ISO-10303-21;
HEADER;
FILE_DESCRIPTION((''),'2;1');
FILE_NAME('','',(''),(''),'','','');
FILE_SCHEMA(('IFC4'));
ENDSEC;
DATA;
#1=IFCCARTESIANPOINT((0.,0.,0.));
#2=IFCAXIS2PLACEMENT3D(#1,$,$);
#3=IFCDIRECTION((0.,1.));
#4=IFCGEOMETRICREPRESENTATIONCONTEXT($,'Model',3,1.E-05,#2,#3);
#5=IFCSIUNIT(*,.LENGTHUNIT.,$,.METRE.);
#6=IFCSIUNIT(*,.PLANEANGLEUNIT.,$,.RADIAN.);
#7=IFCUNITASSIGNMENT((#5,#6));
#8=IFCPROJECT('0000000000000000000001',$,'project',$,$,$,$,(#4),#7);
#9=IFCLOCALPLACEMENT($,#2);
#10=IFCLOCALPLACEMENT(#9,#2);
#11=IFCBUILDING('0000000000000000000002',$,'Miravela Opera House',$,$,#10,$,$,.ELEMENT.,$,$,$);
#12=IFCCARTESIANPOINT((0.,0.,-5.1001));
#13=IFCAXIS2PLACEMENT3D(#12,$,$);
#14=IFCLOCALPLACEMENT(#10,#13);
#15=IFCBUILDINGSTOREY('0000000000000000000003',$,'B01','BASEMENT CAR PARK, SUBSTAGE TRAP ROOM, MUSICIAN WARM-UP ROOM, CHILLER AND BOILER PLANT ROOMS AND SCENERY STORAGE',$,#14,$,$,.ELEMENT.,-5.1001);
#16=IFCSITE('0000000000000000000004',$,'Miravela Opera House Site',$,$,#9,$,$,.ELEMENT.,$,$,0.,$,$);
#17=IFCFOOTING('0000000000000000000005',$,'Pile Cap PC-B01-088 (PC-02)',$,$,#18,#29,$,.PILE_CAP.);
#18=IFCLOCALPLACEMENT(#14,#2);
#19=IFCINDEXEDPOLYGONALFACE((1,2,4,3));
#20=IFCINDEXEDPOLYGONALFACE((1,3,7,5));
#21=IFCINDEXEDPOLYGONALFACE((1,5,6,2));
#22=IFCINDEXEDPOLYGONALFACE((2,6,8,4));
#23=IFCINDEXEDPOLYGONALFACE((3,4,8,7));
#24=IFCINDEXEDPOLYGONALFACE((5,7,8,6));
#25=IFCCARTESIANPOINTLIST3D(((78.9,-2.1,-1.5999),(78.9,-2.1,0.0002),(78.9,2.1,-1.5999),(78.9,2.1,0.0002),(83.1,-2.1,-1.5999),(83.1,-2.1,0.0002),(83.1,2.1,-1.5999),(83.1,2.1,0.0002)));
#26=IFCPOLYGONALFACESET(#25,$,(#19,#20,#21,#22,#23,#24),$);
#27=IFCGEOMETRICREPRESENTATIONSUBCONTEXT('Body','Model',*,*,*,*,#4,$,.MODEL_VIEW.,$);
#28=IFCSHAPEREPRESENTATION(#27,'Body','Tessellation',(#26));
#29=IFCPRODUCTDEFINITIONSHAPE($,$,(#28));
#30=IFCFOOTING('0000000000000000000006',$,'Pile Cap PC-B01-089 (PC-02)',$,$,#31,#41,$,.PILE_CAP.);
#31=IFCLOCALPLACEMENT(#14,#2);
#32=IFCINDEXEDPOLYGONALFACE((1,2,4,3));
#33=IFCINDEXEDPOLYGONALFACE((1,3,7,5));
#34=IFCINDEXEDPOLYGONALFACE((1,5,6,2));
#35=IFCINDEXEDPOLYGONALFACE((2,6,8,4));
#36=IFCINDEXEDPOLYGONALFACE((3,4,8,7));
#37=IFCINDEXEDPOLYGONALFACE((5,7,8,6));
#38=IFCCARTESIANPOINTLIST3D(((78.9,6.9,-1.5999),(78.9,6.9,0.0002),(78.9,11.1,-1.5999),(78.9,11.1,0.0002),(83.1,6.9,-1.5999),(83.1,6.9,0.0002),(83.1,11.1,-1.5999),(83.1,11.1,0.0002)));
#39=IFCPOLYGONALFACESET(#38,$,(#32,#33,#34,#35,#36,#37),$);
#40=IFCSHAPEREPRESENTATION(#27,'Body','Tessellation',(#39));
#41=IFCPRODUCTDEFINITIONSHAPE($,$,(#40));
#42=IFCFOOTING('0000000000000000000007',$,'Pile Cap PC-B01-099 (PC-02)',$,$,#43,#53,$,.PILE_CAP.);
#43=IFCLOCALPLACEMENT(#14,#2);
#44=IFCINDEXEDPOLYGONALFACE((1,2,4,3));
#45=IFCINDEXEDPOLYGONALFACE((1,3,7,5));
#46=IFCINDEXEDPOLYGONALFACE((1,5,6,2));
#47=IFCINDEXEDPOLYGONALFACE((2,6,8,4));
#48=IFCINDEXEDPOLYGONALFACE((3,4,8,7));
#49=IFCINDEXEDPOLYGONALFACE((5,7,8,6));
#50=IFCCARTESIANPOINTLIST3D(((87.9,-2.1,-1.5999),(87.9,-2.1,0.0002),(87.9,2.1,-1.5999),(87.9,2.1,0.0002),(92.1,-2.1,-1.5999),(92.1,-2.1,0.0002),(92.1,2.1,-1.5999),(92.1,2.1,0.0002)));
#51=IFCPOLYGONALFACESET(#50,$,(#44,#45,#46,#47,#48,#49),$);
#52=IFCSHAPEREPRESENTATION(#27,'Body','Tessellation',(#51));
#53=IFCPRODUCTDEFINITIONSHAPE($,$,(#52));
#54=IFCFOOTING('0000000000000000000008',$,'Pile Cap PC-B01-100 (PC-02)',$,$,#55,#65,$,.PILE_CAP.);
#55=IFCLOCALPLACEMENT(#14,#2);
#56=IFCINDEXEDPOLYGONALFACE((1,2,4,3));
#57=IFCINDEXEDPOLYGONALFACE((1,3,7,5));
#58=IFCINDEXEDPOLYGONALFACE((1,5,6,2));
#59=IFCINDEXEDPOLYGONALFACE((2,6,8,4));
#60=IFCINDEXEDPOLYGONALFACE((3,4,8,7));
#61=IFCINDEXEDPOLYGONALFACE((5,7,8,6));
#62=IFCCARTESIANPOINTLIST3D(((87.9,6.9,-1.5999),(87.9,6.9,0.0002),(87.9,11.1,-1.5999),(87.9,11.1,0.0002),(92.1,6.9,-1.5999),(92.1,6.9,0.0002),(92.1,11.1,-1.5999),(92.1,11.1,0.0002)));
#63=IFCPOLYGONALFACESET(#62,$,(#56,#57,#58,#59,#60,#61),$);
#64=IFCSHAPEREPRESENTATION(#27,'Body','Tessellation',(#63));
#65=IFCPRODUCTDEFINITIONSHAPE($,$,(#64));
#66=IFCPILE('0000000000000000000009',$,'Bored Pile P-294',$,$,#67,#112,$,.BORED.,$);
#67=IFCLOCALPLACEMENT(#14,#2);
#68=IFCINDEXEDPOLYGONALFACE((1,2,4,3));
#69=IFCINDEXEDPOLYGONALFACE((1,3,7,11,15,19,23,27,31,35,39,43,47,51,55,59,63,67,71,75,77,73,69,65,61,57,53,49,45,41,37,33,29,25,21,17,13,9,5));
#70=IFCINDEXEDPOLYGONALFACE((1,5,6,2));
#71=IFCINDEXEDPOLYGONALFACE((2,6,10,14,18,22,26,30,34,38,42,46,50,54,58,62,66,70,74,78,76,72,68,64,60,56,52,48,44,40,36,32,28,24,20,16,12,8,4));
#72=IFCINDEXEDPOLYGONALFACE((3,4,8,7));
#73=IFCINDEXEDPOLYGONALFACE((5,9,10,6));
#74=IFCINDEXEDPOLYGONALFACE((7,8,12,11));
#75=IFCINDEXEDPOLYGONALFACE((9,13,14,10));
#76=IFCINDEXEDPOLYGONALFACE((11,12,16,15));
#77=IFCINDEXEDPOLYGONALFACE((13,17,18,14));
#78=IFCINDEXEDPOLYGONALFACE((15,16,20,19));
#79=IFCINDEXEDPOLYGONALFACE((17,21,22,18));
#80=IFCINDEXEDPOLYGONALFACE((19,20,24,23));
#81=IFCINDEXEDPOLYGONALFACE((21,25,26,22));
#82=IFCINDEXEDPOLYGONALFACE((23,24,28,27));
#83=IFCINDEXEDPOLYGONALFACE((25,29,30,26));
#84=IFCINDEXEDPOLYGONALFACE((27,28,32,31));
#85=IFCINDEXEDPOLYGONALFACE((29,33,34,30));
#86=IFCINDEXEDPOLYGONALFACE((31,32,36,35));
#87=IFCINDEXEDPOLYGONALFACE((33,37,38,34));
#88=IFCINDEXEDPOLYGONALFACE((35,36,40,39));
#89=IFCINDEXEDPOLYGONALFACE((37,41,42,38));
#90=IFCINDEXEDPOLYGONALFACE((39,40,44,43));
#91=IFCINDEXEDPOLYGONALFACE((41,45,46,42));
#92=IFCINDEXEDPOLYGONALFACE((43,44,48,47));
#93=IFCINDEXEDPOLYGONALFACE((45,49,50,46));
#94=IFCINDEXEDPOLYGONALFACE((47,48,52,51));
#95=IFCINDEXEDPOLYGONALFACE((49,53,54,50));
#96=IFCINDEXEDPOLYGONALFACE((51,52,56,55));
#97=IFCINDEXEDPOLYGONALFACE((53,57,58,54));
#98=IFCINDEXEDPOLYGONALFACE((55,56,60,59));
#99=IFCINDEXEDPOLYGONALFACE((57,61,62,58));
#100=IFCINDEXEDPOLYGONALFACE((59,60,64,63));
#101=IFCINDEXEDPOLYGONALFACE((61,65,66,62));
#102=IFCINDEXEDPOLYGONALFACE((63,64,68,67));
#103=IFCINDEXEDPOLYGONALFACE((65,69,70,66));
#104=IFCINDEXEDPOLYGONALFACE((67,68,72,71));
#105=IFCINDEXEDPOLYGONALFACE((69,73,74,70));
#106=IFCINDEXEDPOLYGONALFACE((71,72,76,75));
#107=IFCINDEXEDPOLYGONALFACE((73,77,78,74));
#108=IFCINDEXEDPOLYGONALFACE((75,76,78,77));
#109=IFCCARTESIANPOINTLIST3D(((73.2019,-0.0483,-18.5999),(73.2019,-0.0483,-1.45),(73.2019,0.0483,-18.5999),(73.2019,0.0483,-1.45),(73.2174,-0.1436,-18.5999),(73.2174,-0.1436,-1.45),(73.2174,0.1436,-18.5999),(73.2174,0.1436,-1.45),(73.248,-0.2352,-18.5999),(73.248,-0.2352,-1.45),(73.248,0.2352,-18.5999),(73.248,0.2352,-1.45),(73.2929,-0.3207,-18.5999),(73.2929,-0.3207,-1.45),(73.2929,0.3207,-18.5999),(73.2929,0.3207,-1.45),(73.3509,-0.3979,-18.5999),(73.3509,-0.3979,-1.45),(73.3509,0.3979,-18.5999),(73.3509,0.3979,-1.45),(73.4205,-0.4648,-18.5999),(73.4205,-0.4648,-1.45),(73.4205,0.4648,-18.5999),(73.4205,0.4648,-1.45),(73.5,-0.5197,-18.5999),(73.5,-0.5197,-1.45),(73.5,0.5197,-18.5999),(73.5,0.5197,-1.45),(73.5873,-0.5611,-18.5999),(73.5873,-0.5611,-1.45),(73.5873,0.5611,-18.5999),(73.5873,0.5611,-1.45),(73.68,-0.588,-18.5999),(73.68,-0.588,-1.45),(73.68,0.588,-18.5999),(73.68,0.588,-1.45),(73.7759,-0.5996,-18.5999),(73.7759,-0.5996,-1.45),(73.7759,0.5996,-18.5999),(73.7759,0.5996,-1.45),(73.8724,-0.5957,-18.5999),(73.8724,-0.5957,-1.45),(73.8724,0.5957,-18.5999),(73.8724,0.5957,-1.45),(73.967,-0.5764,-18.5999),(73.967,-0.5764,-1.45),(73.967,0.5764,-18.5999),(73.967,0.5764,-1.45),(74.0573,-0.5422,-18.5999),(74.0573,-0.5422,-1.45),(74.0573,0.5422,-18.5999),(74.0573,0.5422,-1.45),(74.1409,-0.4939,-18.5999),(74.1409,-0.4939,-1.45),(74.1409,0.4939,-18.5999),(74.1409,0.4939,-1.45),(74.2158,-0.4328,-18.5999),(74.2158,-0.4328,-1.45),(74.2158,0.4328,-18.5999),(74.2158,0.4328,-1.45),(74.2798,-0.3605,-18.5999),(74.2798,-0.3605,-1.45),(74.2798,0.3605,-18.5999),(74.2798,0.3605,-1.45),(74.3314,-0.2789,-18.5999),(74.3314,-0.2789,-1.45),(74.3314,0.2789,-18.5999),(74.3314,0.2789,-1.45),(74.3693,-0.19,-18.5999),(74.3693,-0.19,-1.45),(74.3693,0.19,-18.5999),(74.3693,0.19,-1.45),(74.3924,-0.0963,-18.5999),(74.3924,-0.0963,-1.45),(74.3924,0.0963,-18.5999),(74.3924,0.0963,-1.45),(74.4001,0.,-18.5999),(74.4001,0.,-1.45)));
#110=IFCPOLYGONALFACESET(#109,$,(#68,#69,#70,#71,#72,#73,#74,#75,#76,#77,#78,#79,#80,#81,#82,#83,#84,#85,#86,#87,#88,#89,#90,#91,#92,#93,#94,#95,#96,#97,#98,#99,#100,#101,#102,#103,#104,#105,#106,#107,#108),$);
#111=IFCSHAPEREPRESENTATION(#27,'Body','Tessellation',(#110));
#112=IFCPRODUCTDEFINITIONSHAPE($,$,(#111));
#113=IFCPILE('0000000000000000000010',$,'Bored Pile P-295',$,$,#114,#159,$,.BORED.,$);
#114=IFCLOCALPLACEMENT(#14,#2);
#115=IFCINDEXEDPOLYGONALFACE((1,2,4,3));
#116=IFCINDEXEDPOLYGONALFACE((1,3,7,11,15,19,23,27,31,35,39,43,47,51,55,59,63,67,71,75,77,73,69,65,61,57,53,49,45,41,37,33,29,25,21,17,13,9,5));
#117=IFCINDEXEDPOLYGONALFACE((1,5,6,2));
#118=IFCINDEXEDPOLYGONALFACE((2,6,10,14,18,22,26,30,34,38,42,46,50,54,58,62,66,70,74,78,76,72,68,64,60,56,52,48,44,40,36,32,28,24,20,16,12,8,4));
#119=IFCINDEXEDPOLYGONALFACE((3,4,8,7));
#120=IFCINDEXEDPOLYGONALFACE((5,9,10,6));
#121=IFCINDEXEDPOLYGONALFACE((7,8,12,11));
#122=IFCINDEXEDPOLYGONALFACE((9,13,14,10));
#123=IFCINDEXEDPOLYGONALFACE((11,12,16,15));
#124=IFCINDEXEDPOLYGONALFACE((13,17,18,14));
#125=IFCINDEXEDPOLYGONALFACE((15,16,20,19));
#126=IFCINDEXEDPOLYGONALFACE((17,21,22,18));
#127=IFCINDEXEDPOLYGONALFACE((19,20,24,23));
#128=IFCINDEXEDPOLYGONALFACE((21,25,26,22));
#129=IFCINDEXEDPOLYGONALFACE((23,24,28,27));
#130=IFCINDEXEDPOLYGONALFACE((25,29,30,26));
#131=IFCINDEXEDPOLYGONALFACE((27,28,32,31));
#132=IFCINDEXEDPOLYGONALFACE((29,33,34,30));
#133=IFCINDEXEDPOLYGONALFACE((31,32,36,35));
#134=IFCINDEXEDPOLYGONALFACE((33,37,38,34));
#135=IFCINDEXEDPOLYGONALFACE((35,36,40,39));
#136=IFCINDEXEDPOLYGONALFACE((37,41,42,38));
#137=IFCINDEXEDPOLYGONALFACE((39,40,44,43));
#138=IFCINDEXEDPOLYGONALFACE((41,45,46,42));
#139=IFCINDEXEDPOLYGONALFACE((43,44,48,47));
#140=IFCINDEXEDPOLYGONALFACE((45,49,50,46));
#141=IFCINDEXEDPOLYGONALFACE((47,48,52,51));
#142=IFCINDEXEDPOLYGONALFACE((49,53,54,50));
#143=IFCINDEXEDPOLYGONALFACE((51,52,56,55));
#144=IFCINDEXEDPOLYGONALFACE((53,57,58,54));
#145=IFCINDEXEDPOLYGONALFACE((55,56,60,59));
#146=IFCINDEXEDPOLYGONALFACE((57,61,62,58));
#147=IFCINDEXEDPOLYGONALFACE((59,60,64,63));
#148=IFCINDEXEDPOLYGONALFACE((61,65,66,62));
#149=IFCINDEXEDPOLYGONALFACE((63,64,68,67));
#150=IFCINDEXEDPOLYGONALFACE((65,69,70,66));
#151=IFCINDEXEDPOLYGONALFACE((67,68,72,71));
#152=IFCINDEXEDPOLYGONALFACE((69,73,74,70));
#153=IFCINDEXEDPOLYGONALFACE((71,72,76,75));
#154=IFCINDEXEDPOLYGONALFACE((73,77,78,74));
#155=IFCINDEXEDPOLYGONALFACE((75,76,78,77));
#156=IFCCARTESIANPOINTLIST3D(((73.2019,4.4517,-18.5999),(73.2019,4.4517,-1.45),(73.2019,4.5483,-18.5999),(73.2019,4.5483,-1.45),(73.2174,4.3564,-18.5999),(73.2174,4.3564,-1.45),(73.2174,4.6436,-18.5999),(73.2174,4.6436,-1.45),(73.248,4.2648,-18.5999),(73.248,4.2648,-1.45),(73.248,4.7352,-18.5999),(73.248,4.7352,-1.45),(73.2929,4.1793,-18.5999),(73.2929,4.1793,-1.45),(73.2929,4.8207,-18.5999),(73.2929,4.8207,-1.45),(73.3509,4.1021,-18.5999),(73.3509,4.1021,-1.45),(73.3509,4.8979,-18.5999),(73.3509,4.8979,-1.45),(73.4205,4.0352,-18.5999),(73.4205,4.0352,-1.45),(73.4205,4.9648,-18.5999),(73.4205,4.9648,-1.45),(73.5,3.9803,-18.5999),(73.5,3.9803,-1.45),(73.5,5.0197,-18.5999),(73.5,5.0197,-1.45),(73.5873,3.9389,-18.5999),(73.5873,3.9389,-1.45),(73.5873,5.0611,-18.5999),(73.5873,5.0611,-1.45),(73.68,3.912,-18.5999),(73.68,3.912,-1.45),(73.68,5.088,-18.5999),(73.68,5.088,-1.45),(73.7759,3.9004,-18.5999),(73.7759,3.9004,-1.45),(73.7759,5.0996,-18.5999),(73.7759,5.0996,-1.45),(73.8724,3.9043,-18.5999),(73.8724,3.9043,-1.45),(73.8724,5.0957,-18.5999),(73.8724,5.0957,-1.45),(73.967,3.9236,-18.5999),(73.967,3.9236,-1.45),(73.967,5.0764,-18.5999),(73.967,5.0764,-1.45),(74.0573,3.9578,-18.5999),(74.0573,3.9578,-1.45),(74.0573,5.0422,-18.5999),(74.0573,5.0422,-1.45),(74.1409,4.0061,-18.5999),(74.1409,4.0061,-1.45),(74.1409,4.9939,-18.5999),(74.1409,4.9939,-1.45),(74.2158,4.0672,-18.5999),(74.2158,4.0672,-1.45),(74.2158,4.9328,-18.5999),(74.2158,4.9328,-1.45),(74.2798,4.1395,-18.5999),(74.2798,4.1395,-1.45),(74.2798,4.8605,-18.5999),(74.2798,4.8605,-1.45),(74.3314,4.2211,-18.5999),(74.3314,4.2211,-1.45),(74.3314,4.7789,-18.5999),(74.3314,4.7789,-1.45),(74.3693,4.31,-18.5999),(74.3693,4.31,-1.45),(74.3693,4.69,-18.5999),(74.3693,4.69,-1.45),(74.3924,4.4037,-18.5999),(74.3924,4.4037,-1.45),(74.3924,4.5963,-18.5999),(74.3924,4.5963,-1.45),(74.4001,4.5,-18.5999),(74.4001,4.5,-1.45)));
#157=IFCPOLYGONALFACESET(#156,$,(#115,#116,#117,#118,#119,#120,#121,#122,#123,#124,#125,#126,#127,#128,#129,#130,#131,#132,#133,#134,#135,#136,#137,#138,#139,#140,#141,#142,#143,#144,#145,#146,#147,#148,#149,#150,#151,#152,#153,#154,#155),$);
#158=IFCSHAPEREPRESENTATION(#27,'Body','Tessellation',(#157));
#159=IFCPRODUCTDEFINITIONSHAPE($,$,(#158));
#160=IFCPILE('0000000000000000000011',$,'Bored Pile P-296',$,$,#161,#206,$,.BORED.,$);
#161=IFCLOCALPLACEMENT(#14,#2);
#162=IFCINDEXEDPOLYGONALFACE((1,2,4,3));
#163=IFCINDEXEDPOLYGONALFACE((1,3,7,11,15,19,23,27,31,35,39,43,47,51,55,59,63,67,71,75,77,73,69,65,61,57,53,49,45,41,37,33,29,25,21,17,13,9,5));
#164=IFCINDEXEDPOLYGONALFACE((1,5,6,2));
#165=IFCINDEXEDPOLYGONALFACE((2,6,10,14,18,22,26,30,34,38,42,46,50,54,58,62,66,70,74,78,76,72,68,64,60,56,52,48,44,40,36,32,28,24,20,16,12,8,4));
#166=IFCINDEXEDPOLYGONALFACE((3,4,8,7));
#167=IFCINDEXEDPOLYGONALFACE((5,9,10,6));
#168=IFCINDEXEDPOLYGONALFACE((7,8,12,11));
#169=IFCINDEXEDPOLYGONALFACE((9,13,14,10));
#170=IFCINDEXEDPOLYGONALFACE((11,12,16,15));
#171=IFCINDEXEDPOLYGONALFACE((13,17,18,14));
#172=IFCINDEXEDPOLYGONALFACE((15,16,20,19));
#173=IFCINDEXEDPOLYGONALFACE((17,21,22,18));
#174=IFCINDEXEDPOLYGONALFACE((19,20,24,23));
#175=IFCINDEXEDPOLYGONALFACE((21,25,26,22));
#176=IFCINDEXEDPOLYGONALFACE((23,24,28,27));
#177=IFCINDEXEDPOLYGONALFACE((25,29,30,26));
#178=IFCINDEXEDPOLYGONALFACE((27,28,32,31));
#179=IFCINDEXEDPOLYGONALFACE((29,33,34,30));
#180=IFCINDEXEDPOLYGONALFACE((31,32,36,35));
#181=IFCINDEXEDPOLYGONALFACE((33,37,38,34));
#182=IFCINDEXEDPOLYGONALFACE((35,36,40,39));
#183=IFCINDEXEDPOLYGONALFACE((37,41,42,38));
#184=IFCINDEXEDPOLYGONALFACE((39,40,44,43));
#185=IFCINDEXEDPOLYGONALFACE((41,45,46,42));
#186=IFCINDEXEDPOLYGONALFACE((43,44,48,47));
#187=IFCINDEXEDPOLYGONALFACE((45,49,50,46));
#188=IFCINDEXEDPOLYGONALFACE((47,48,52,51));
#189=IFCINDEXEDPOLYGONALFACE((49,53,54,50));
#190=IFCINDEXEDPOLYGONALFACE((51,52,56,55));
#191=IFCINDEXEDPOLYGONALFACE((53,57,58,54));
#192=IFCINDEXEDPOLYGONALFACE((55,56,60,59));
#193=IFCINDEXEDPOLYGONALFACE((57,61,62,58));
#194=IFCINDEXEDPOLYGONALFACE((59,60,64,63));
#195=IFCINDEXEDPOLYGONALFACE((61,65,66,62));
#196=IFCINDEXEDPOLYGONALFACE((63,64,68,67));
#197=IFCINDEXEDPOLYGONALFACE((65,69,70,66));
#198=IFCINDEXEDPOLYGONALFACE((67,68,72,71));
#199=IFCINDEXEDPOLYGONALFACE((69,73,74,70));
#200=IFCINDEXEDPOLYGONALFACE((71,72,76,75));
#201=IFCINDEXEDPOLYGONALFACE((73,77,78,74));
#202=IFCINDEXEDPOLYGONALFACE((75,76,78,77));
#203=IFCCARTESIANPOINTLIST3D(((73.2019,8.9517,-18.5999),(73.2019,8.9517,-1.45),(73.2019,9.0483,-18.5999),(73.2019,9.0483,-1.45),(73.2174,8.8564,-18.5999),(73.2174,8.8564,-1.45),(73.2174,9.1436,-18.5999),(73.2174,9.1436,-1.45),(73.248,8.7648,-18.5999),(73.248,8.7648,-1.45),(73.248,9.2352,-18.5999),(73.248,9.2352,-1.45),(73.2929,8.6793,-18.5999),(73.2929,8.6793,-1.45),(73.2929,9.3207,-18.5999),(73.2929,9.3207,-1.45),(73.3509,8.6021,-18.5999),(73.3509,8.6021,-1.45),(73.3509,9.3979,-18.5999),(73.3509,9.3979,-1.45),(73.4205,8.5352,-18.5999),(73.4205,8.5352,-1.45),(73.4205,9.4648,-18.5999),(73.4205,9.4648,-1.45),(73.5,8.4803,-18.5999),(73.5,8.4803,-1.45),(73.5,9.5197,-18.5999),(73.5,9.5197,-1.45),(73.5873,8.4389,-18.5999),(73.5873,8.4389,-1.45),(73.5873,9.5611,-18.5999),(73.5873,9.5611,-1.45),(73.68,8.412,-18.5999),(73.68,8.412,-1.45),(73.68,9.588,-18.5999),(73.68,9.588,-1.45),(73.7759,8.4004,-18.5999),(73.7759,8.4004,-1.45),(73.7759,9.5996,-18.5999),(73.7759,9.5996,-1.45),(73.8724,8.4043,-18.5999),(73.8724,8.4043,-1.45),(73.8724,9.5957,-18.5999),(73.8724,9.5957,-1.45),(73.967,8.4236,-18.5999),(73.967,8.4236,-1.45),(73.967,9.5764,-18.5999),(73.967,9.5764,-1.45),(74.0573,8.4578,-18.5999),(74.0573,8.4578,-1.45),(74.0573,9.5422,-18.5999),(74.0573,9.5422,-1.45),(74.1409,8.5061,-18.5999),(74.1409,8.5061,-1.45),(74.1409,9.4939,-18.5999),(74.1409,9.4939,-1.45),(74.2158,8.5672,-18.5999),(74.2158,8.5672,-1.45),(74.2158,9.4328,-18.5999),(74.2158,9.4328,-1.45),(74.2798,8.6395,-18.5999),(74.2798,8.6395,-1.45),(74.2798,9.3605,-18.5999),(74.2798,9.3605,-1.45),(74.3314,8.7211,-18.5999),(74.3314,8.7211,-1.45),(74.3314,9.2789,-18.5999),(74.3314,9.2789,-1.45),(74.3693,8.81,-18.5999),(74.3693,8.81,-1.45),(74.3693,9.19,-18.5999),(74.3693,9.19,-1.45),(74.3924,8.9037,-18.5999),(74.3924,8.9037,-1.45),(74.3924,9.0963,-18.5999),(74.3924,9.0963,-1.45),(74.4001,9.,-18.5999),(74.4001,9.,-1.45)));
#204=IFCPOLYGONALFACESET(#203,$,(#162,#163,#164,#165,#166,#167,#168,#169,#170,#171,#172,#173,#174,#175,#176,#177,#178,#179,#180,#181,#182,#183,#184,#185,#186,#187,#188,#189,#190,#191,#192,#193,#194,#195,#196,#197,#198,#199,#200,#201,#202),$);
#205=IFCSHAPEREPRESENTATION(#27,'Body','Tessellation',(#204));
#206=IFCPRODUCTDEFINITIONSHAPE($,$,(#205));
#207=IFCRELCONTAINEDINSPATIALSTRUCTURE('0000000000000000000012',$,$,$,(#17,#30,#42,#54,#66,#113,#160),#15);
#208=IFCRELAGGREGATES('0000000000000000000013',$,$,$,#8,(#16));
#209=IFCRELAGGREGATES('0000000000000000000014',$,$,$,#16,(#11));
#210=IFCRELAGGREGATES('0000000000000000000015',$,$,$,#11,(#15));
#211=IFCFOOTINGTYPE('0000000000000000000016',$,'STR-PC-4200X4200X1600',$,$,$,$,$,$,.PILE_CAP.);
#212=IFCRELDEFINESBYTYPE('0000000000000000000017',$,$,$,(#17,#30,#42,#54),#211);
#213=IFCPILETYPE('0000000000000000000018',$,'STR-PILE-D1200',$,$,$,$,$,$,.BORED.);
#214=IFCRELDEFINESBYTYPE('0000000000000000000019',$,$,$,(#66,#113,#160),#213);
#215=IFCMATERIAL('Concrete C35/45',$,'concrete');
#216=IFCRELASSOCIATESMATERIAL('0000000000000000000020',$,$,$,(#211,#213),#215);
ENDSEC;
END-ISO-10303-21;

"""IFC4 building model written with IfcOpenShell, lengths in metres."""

from ifc_helpers import new_model, si_unit, direction, frame, origin, origin_2d, place, context, subcontext, project, spatial, rectangle, circle, extrude, material, material_profile, profile_set, type_object, element, save


model = new_model("IFC4")

# Units and contexts
model_context = context("Model", 3, precision=1e-05, world=origin(), true_north=direction((0.0, 1.0)))
body_context = subcontext(model_context, "Body", "Model", "MODEL_VIEW")
ifc_project = project(units=[si_unit("LENGTHUNIT", "METRE"), si_unit("PLANEANGLEUNIT", "RADIAN")], contexts=[model_context])

# Site, building, storey
site_placement = place(None, origin())
site = spatial("IfcSite", under=ifc_project, at=site_placement, Name="Miravela Opera House Site", CompositionType="ELEMENT", RefElevation=0.0)
building_placement = place(site_placement, origin())
building = spatial("IfcBuilding", under=site, at=building_placement, Name="Miravela Opera House", CompositionType="ELEMENT")
storey_placement = place(building_placement, frame((0.0, 0.0, -5.1001)))
storey = spatial("IfcBuildingStorey", under=building, at=storey_placement, Name="B01", Description="BASEMENT CAR PARK, SUBSTAGE TRAP ROOM, MUSICIAN WARM-UP ROOM, CHILLER AND BOILER PLANT ROOMS AND SCENERY STORAGE", CompositionType="ELEMENT", Elevation=-5.1001)

# Footings
ifc_material_1 = material(Name="Concrete C35/45", Category="concrete")
footing_type = type_object("IfcFootingType", Name="STR-PC-4200X4200X1600", PredefinedType="PILE_CAP", material=ifc_material_1)
for number, where, z_axis, x_axis, name in (
    (1, (81.0, 0.0, -1.5999), (0.0, 0.0, 1.0), (1.0, 0.0, 0.0), "Pile Cap PC-B01-088 (PC-02)"),
    (2, (81.0, 9.0, -1.5999), (0.0, 0.0, 1.0), (1.0, 0.0, 0.0), "Pile Cap PC-B01-089 (PC-02)"),
    (3, (90.0, 0.0, -1.5999), (0.0, 0.0, 1.0), (1.0, 0.0, 0.0), "Pile Cap PC-B01-099 (PC-02)"),
    (4, (90.0, 9.0, -1.5999), (0.0, 0.0, 1.0), (1.0, 0.0, 0.0), "Pile Cap PC-B01-100 (PC-02)"),
):
    element("IfcFooting", number, at=place(storey_placement, frame(where, z_axis=z_axis, x_axis=x_axis)), inside=storey, type_object=footing_type, Name=name, PredefinedType="PILE_CAP", context=body_context, shape_type="SweptSolid", body=[
        extrude(rectangle(XDim=4.2, YDim=4.2, at=origin_2d()), origin(), (0.0, 0.0, 1.0), 1.6001),
    ])

# Piles
ifc_material_profile_1 = material_profile(ifc_material_1, circle(Radius=0.6001, at=origin_2d()), Name="PILE-D1200")
ifc_profile_set_1 = profile_set([ifc_material_profile_1])
pile_type_1 = type_object("IfcPileType", Name="STR-PILE-D1200", PredefinedType="BORED", material=ifc_profile_set_1)
for number, where, z_axis, x_axis, name in (
    (5, (73.8, 0.0, -1.45), (0.0, 0.0, -1.0), (1.0, 0.0, 0.0), "Bored Pile P-294"),
    (6, (73.8, 4.5, -1.45), (0.0, 0.0, -1.0), (1.0, 0.0, 0.0), "Bored Pile P-295"),
    (7, (73.8, 9.0, -1.45), (0.0, 0.0, -1.0), (1.0, 0.0, 0.0), "Bored Pile P-296"),
):
    element("IfcPile", number, at=place(storey_placement, frame(where, z_axis=z_axis, x_axis=x_axis)), inside=storey, type_object=pile_type_1, Name=name, PredefinedType="BORED", context=body_context, shape_type="SweptSolid", body=[
        extrude(circle(Radius=0.6001, at=origin_2d()), origin(), (0.0, 0.0, 1.0), 17.1499),
    ])

save(model, "model.ifc")
